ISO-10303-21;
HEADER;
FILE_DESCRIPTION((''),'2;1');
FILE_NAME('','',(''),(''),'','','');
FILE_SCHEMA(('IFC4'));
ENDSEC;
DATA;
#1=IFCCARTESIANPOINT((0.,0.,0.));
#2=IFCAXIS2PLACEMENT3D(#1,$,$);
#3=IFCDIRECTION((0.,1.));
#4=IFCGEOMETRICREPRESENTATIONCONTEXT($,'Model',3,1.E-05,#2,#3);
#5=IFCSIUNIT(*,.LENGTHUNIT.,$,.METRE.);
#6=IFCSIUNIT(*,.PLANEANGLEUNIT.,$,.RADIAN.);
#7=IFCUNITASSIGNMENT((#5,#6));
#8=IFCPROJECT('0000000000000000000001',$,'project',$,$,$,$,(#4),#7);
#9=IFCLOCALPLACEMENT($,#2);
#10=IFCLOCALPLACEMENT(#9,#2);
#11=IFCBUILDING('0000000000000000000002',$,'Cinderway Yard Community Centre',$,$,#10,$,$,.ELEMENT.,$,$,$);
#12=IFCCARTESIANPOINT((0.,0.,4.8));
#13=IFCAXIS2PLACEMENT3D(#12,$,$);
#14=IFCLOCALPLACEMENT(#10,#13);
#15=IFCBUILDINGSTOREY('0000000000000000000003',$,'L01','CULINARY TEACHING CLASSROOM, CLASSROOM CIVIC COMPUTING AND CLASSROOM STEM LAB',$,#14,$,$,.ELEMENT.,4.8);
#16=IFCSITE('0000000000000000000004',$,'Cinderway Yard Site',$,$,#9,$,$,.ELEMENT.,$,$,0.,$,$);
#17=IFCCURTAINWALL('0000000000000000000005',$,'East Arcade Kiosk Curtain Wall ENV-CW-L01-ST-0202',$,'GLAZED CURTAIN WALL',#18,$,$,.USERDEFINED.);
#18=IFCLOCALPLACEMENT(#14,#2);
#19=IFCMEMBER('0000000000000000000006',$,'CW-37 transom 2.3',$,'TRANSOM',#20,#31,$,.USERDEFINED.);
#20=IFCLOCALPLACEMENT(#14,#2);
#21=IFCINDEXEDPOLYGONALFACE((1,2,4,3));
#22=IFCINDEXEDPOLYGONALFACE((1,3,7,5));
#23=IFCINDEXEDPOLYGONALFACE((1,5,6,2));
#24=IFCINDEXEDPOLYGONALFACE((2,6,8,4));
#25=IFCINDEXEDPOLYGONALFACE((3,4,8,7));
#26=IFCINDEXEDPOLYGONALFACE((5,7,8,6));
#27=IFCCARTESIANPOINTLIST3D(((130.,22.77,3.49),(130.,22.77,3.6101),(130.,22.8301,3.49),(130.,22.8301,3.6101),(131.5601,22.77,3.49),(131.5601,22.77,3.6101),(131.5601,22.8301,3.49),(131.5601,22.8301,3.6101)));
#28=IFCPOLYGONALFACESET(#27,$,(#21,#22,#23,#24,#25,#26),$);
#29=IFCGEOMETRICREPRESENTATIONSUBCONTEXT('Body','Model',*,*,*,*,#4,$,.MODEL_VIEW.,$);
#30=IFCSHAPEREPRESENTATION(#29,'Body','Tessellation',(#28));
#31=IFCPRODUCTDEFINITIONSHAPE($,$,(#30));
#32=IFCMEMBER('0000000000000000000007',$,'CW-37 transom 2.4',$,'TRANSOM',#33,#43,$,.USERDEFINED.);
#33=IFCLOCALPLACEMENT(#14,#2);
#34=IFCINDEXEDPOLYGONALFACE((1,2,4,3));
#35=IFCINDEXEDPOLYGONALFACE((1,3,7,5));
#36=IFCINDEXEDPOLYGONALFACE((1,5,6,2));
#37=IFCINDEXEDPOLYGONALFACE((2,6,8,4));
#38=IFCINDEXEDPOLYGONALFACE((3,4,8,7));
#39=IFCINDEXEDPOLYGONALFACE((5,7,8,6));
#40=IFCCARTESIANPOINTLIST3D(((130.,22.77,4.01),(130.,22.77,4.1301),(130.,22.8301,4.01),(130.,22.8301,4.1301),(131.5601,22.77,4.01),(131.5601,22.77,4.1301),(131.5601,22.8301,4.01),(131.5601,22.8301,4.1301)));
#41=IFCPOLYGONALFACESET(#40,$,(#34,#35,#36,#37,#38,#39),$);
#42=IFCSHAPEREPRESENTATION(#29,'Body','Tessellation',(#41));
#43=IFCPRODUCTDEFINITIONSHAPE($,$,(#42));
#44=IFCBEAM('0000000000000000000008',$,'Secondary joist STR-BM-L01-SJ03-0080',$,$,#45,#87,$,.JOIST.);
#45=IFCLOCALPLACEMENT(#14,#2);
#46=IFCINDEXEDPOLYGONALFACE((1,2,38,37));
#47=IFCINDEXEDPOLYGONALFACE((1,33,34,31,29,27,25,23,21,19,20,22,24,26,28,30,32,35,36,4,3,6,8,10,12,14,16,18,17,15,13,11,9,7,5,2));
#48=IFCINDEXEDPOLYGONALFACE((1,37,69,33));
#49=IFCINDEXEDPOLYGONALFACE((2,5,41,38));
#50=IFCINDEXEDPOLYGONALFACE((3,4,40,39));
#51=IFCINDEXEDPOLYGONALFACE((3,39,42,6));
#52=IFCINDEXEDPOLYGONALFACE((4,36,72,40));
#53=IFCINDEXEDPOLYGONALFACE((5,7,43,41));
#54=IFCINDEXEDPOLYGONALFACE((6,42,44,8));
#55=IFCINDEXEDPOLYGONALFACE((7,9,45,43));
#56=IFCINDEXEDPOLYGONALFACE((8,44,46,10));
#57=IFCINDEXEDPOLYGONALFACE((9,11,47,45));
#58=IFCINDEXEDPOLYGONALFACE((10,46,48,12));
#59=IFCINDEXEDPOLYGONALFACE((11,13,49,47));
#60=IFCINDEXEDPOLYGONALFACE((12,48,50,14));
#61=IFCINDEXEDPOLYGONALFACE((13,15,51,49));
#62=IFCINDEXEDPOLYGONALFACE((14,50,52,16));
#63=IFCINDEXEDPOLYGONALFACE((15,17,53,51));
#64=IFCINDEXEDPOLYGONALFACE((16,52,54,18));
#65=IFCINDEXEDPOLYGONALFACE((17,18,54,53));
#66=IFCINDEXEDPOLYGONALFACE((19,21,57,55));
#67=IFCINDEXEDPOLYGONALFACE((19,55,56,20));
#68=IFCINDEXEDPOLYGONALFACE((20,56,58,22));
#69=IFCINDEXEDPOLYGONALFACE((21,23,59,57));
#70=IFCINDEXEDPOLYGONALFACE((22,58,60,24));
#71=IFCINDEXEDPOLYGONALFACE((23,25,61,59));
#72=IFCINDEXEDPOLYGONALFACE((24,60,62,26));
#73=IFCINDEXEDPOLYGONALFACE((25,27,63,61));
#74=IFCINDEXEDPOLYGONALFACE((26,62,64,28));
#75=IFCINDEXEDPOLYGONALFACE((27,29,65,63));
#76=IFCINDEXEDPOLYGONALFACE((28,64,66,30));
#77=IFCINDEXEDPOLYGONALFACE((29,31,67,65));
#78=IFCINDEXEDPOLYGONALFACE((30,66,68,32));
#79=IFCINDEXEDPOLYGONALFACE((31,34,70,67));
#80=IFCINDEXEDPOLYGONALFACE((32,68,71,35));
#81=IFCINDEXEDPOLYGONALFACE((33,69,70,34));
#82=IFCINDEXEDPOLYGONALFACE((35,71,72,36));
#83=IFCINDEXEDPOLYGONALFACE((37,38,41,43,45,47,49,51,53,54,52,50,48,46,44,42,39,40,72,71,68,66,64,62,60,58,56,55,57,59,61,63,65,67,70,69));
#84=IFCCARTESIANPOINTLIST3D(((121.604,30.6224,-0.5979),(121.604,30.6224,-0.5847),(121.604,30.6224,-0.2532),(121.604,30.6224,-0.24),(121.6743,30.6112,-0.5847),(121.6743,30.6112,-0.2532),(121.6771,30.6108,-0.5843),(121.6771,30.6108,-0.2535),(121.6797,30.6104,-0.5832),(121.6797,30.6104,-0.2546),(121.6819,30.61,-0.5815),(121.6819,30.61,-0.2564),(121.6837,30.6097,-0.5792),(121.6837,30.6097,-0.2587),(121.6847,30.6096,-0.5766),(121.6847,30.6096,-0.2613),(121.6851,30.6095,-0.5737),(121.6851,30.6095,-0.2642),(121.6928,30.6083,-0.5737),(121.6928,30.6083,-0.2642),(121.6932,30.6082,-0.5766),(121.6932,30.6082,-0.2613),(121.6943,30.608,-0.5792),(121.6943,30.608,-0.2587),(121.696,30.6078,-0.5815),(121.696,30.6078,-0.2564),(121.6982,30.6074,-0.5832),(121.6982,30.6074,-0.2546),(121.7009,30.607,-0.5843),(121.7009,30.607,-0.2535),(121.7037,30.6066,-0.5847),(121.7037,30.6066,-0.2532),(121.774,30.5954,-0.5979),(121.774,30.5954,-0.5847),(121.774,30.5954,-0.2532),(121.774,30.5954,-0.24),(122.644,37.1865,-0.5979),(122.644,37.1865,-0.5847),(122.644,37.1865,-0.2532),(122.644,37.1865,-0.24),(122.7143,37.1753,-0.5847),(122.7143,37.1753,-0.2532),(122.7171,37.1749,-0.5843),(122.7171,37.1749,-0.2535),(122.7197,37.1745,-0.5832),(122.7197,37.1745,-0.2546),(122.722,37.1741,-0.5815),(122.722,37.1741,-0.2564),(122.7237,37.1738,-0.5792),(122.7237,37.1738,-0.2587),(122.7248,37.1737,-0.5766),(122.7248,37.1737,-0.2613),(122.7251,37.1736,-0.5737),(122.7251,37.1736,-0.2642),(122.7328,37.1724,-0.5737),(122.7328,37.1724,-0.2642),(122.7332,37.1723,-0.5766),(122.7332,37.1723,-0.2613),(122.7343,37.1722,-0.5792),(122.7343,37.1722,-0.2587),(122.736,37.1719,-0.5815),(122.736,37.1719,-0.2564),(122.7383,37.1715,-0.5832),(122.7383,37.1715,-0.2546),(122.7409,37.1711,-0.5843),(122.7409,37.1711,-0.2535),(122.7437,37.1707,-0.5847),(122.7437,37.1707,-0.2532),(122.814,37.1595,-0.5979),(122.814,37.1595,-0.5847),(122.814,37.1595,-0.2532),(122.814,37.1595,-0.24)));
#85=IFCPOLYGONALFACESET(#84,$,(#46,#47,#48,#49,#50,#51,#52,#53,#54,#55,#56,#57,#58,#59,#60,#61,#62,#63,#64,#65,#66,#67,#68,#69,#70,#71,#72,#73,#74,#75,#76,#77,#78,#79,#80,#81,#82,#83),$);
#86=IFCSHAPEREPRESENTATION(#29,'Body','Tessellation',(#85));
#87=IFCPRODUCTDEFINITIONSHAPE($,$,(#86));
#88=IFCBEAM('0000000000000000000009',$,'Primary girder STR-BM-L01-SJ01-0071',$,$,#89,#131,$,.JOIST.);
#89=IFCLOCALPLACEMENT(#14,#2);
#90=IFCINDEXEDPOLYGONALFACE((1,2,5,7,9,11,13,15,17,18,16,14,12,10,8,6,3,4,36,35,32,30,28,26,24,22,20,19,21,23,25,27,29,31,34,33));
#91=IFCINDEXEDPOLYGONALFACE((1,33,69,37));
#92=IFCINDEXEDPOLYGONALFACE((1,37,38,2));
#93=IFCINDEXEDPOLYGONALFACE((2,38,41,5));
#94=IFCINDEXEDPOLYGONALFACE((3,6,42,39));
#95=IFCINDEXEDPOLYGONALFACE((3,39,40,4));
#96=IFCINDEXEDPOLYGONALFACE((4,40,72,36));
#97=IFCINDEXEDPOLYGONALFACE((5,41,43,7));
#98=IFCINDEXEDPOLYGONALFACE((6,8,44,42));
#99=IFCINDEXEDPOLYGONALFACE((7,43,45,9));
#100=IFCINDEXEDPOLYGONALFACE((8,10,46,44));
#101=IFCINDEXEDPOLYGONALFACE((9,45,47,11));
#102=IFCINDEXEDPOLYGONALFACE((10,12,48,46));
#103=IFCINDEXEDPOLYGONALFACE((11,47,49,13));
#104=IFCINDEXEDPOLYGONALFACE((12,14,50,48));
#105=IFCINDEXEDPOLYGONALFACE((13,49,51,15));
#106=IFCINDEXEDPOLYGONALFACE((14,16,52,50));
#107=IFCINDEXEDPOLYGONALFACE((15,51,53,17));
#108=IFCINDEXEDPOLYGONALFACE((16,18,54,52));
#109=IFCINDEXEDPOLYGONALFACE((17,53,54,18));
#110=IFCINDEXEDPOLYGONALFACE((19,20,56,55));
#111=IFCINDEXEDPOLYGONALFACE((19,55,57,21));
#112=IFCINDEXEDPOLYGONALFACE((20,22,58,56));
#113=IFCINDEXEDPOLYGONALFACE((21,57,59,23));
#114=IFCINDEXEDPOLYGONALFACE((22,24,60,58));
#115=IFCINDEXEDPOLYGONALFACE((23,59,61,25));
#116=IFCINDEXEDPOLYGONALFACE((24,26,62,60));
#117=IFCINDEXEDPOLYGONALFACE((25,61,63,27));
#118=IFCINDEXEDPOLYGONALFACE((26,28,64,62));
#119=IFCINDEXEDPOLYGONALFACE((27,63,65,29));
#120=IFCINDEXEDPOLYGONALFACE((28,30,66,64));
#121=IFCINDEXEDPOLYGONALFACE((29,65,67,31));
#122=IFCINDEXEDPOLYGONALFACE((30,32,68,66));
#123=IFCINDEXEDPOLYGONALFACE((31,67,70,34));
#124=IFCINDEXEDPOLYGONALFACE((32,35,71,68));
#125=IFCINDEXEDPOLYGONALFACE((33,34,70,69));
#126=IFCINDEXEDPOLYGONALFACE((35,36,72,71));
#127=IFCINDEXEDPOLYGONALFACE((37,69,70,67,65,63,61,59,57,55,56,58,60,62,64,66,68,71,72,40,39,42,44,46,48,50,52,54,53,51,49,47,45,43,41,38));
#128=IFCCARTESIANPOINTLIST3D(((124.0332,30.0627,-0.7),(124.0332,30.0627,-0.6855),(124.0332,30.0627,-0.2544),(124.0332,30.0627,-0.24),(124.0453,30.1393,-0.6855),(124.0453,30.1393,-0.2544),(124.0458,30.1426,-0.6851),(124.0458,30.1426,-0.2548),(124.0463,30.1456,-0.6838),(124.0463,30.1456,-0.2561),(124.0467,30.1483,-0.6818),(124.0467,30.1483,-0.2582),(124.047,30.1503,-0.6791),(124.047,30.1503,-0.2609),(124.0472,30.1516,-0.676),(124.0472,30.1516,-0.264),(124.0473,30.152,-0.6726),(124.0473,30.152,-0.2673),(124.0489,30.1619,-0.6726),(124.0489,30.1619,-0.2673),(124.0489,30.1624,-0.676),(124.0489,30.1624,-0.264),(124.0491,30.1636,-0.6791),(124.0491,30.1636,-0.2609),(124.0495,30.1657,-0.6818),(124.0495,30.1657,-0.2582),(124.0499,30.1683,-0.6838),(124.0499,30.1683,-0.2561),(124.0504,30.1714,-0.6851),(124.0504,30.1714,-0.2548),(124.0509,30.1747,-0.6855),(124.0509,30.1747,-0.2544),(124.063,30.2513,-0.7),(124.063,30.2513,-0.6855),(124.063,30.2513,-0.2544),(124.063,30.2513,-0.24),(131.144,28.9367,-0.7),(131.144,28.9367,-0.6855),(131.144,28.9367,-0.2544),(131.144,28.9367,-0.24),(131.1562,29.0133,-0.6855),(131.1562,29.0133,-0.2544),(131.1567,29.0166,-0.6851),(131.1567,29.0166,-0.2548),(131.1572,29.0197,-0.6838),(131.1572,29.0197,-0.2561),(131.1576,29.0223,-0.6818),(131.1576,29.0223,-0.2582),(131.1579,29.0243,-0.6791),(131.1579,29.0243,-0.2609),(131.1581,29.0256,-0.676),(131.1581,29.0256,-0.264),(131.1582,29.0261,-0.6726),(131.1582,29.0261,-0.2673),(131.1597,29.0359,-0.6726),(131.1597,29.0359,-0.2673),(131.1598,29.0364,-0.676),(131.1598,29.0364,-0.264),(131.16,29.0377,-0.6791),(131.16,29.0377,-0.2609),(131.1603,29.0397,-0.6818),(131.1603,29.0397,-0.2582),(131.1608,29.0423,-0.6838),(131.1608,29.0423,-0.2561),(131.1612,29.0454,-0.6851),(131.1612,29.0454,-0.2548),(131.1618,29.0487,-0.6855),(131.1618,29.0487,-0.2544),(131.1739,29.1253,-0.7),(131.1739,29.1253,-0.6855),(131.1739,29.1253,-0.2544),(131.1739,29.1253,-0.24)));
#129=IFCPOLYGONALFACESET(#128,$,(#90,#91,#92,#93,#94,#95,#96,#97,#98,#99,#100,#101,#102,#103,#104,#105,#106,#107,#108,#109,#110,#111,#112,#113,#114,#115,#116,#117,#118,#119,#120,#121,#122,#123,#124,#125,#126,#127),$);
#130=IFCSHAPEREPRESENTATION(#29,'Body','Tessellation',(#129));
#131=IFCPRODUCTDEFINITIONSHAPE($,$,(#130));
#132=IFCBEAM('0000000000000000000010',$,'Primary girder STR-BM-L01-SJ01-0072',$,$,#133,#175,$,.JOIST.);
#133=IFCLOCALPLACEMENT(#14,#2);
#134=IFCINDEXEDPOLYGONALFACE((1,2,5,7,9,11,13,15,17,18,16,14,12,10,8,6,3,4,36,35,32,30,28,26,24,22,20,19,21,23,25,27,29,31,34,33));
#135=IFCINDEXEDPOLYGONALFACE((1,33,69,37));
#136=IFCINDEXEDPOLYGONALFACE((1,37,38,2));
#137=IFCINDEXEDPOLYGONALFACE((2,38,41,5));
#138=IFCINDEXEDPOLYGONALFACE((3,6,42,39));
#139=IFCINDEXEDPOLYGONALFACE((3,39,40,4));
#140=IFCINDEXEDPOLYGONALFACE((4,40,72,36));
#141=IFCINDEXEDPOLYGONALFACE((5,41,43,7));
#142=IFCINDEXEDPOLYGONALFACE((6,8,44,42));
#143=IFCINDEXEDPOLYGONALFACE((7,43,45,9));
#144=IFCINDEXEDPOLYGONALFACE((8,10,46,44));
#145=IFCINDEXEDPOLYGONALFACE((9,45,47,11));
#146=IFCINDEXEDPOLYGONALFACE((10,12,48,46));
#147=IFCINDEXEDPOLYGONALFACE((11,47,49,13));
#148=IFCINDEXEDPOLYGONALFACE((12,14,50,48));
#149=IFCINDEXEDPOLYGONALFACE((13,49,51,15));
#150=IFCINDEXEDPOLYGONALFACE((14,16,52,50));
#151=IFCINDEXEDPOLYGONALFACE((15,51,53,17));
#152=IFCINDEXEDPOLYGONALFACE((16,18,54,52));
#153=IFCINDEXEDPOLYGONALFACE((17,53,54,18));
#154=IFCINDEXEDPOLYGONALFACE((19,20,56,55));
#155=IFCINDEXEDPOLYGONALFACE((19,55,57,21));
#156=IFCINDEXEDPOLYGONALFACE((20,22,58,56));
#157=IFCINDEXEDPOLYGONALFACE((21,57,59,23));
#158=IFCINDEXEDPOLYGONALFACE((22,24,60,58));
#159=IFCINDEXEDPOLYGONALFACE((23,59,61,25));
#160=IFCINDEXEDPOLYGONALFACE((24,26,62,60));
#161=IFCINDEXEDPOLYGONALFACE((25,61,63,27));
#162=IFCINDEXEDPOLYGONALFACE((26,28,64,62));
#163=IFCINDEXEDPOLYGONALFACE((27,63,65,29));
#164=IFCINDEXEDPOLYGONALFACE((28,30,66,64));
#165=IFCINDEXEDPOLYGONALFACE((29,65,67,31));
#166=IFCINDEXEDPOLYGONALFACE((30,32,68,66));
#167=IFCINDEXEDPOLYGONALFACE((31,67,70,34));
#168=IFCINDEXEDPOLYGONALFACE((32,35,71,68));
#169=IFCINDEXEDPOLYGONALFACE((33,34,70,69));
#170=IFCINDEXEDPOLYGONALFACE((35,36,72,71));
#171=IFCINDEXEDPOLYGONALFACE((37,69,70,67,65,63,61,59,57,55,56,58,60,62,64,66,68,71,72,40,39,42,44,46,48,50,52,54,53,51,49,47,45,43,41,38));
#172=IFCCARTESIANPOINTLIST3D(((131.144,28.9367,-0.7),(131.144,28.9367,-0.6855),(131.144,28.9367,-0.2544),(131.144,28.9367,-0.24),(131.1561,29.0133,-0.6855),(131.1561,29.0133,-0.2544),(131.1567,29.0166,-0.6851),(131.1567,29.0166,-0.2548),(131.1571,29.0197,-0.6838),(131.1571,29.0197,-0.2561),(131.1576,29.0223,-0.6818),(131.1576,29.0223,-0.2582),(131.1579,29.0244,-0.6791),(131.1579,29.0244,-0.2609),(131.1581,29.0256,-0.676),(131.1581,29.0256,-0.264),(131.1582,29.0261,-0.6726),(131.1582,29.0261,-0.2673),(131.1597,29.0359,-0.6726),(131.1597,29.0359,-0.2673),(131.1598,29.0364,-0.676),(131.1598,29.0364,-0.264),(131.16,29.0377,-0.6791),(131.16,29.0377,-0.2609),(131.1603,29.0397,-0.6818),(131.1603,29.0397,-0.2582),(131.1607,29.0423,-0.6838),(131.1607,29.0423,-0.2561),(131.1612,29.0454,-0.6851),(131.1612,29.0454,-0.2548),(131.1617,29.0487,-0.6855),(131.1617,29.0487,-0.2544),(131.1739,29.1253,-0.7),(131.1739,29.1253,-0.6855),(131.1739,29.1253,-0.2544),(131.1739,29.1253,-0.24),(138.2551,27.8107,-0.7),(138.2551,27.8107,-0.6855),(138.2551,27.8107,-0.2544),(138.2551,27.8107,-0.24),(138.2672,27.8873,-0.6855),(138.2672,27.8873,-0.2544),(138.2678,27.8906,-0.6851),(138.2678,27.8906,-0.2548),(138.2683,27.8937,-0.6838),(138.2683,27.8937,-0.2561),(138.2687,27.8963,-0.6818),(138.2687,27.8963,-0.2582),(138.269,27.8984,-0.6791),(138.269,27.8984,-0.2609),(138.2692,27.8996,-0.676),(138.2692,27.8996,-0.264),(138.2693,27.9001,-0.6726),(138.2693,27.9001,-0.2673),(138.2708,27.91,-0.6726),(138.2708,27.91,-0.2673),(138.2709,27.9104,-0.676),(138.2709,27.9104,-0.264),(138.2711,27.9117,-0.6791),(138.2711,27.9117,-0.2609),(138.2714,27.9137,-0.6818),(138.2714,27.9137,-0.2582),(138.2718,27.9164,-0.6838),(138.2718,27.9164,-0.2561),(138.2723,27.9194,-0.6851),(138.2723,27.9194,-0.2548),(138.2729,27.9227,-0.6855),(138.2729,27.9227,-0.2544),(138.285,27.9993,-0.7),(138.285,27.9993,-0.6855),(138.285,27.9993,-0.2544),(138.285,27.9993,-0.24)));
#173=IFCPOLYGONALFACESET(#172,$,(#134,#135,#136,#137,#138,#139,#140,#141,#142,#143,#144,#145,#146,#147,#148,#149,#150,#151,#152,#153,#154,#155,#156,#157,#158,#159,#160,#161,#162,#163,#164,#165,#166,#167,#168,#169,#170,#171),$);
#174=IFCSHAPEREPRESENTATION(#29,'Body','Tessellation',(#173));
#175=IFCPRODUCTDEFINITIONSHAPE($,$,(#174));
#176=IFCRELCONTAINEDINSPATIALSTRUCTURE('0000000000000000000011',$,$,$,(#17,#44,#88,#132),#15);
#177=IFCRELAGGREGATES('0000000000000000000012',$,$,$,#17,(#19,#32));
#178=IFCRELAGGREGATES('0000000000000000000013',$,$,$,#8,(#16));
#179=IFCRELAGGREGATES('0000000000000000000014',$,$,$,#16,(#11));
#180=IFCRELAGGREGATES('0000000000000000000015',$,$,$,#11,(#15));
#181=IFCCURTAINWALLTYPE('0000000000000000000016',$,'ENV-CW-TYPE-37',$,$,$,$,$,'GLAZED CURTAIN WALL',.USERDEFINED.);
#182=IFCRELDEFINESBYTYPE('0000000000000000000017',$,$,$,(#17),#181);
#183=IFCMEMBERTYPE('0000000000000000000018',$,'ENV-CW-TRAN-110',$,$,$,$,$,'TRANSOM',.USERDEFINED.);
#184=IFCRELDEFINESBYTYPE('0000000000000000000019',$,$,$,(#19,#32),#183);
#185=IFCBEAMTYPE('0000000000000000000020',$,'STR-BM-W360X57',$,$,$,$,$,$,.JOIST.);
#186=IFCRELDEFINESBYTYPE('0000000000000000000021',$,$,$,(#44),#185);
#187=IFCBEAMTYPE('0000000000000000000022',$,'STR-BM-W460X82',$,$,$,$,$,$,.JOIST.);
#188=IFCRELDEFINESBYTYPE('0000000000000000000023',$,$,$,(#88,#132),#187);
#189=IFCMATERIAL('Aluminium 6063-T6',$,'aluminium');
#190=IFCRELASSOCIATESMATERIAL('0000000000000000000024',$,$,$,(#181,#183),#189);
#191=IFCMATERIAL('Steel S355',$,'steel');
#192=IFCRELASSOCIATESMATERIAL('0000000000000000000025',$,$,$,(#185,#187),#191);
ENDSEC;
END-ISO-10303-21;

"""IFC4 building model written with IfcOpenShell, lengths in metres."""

from ifc_helpers import new_model, si_unit, direction, frame, origin, origin_2d, place, context, subcontext, project, spatial, rectangle, i_section, extrude, material, material_profile, profile_set, type_object, element, aggregate, save


model = new_model("IFC4")

# Units and contexts
model_context = context("Model", 3, precision=1e-05, world=origin(), true_north=direction((0.0, 1.0)))
body_context = subcontext(model_context, "Body", "Model", "MODEL_VIEW")
ifc_project = project(units=[si_unit("LENGTHUNIT", "METRE"), si_unit("PLANEANGLEUNIT", "RADIAN")], contexts=[model_context])

# Site, building, storey
site_placement = place(None, origin())
site = spatial("IfcSite", under=ifc_project, at=site_placement, Name="Cinderway Yard Site", CompositionType="ELEMENT", RefElevation=0.0)
building_placement = place(site_placement, origin())
building = spatial("IfcBuilding", under=site, at=building_placement, Name="Cinderway Yard Community Centre", CompositionType="ELEMENT")
storey_placement = place(building_placement, frame((0.0, 0.0, 4.8)))
storey = spatial("IfcBuildingStorey", under=building, at=storey_placement, Name="L01", Description="CULINARY TEACHING CLASSROOM, CLASSROOM CIVIC COMPUTING AND CLASSROOM STEM LAB", CompositionType="ELEMENT", Elevation=4.8)

# Shared definitions
ifc_material_1 = material(Name="Aluminium 6063-T6", Category="aluminium")

# Curtain wall
curtain_wall_type_1 = type_object("IfcCurtainWallType", Name="ENV-CW-TYPE-37", ElementType="GLAZED CURTAIN WALL", PredefinedType="USERDEFINED", material=ifc_material_1)
curtain_wall_1_placement = place(storey_placement, origin())
curtain_wall_1 = element("IfcCurtainWall", 1, at=curtain_wall_1_placement, inside=storey, type_object=curtain_wall_type_1, Name="East Arcade Kiosk Curtain Wall ENV-CW-L01-ST-0202", ObjectType="GLAZED CURTAIN WALL", PredefinedType="USERDEFINED")

# Members
ifc_material_profile_1 = material_profile(ifc_material_1, rectangle(XDim=0.0601, YDim=0.1201, at=origin_2d()), Name="Aluminium 6063-T6")
ifc_profile_set_1 = profile_set([ifc_material_profile_1], Name="Aluminium 6063-T6")
member_type_1 = type_object("IfcMemberType", Name="ENV-CW-TRAN-110", ElementType="TRANSOM", PredefinedType="USERDEFINED", material=ifc_profile_set_1)
member_1_placement = place(storey_placement, frame((130.0, 22.8, 3.55), z_axis=(1.0, 0.0, 0.0), x_axis=(0.0, 1.0, 0.0)))
member_1 = element("IfcMember", 2, at=member_1_placement, type_object=member_type_1, Name="CW-37 transom 2.3", ObjectType="TRANSOM", PredefinedType="USERDEFINED", context=body_context, shape_type="SweptSolid", body=[
    extrude(rectangle(XDim=0.0601, YDim=0.1201, at=origin_2d()), origin(), (0.0, 0.0, 1.0), 1.5601),
])
member_2_placement = place(storey_placement, frame((130.0, 22.8, 4.0701), z_axis=(1.0, 0.0, 0.0), x_axis=(0.0, 1.0, 0.0)))
member_2 = element("IfcMember", 3, at=member_2_placement, type_object=member_type_1, Name="CW-37 transom 2.4", ObjectType="TRANSOM", PredefinedType="USERDEFINED", context=body_context, shape_type="SweptSolid", body=[
    extrude(rectangle(XDim=0.0601, YDim=0.1201, at=origin_2d()), origin(), (0.0, 0.0, 1.0), 1.5601),
])

# Beams
ifc_material_2 = material(Name="Steel S355", Category="steel")
ifc_material_profile_2 = material_profile(ifc_material_2, i_section(OverallWidth=0.1721, OverallDepth=0.3579, WebThickness=0.0078, FlangeThickness=0.0132, FilletRadius=0.011, at=origin_2d()), Name="Steel S355")
ifc_profile_set_2 = profile_set([ifc_material_profile_2], Name="Steel S355")
beam_type_1 = type_object("IfcBeamType", Name="STR-BM-W360X57", PredefinedType="JOIST", material=ifc_profile_set_2)
beam_1_placement = place(storey_placement, frame((121.689, 30.6089, -0.4189), z_axis=(0.156489, 0.98768, 0.0), x_axis=(-0.98768, 0.156489, 0.0)))
element("IfcBeam", 4, at=beam_1_placement, inside=storey, type_object=beam_type_1, Name="Secondary joist STR-BM-L01-SJ03-0080", PredefinedType="JOIST", context=body_context, shape_type="SweptSolid", body=[
    extrude(i_section(OverallWidth=0.1721, OverallDepth=0.3579, WebThickness=0.0078, FlangeThickness=0.0132, FilletRadius=0.011, at=origin_2d()), origin(), (0.0, 0.0, 1.0), 6.646),
])
ifc_material_profile_3 = material_profile(ifc_material_2, i_section(OverallWidth=0.1909, OverallDepth=0.46, WebThickness=0.01, FlangeThickness=0.0144, FilletRadius=0.0129, at=origin_2d()), Name="Steel S355")
ifc_profile_set_3 = profile_set([ifc_material_profile_3], Name="Steel S355")
beam_type_2 = type_object("IfcBeamType", Name="STR-BM-W460X82", PredefinedType="JOIST", material=ifc_profile_set_3)
beam_2_placement = place(storey_placement, frame((124.0481, 30.157, -0.47), z_axis=(0.987694, -0.156398, 0.0), x_axis=(0.156398, 0.987694, 0.0)))
element("IfcBeam", 5, at=beam_2_placement, inside=storey, type_object=beam_type_2, Name="Primary girder STR-BM-L01-SJ01-0071", PredefinedType="JOIST", context=body_context, shape_type="SweptSolid", body=[
    extrude(i_section(OverallWidth=0.1909, OverallDepth=0.46, WebThickness=0.01, FlangeThickness=0.0144, FilletRadius=0.0129, at=origin_2d()), origin(), (0.0, 0.0, 1.0), 7.1995),
])
beam_3_placement = place(storey_placement, frame((131.1589, 29.031, -0.47), z_axis=(0.987695, -0.156393, 0.0), x_axis=(0.156393, 0.987695, 0.0)))
element("IfcBeam", 6, at=beam_3_placement, inside=storey, type_object=beam_type_2, Name="Primary girder STR-BM-L01-SJ01-0072", PredefinedType="JOIST", context=body_context, shape_type="SweptSolid", body=[
    extrude(i_section(OverallWidth=0.1909, OverallDepth=0.46, WebThickness=0.01, FlangeThickness=0.0144, FilletRadius=0.0129, at=origin_2d()), origin(), (0.0, 0.0, 1.0), 7.1997),
])

aggregate(curtain_wall_1, [member_1, member_2])

save(model, "model.ifc")
